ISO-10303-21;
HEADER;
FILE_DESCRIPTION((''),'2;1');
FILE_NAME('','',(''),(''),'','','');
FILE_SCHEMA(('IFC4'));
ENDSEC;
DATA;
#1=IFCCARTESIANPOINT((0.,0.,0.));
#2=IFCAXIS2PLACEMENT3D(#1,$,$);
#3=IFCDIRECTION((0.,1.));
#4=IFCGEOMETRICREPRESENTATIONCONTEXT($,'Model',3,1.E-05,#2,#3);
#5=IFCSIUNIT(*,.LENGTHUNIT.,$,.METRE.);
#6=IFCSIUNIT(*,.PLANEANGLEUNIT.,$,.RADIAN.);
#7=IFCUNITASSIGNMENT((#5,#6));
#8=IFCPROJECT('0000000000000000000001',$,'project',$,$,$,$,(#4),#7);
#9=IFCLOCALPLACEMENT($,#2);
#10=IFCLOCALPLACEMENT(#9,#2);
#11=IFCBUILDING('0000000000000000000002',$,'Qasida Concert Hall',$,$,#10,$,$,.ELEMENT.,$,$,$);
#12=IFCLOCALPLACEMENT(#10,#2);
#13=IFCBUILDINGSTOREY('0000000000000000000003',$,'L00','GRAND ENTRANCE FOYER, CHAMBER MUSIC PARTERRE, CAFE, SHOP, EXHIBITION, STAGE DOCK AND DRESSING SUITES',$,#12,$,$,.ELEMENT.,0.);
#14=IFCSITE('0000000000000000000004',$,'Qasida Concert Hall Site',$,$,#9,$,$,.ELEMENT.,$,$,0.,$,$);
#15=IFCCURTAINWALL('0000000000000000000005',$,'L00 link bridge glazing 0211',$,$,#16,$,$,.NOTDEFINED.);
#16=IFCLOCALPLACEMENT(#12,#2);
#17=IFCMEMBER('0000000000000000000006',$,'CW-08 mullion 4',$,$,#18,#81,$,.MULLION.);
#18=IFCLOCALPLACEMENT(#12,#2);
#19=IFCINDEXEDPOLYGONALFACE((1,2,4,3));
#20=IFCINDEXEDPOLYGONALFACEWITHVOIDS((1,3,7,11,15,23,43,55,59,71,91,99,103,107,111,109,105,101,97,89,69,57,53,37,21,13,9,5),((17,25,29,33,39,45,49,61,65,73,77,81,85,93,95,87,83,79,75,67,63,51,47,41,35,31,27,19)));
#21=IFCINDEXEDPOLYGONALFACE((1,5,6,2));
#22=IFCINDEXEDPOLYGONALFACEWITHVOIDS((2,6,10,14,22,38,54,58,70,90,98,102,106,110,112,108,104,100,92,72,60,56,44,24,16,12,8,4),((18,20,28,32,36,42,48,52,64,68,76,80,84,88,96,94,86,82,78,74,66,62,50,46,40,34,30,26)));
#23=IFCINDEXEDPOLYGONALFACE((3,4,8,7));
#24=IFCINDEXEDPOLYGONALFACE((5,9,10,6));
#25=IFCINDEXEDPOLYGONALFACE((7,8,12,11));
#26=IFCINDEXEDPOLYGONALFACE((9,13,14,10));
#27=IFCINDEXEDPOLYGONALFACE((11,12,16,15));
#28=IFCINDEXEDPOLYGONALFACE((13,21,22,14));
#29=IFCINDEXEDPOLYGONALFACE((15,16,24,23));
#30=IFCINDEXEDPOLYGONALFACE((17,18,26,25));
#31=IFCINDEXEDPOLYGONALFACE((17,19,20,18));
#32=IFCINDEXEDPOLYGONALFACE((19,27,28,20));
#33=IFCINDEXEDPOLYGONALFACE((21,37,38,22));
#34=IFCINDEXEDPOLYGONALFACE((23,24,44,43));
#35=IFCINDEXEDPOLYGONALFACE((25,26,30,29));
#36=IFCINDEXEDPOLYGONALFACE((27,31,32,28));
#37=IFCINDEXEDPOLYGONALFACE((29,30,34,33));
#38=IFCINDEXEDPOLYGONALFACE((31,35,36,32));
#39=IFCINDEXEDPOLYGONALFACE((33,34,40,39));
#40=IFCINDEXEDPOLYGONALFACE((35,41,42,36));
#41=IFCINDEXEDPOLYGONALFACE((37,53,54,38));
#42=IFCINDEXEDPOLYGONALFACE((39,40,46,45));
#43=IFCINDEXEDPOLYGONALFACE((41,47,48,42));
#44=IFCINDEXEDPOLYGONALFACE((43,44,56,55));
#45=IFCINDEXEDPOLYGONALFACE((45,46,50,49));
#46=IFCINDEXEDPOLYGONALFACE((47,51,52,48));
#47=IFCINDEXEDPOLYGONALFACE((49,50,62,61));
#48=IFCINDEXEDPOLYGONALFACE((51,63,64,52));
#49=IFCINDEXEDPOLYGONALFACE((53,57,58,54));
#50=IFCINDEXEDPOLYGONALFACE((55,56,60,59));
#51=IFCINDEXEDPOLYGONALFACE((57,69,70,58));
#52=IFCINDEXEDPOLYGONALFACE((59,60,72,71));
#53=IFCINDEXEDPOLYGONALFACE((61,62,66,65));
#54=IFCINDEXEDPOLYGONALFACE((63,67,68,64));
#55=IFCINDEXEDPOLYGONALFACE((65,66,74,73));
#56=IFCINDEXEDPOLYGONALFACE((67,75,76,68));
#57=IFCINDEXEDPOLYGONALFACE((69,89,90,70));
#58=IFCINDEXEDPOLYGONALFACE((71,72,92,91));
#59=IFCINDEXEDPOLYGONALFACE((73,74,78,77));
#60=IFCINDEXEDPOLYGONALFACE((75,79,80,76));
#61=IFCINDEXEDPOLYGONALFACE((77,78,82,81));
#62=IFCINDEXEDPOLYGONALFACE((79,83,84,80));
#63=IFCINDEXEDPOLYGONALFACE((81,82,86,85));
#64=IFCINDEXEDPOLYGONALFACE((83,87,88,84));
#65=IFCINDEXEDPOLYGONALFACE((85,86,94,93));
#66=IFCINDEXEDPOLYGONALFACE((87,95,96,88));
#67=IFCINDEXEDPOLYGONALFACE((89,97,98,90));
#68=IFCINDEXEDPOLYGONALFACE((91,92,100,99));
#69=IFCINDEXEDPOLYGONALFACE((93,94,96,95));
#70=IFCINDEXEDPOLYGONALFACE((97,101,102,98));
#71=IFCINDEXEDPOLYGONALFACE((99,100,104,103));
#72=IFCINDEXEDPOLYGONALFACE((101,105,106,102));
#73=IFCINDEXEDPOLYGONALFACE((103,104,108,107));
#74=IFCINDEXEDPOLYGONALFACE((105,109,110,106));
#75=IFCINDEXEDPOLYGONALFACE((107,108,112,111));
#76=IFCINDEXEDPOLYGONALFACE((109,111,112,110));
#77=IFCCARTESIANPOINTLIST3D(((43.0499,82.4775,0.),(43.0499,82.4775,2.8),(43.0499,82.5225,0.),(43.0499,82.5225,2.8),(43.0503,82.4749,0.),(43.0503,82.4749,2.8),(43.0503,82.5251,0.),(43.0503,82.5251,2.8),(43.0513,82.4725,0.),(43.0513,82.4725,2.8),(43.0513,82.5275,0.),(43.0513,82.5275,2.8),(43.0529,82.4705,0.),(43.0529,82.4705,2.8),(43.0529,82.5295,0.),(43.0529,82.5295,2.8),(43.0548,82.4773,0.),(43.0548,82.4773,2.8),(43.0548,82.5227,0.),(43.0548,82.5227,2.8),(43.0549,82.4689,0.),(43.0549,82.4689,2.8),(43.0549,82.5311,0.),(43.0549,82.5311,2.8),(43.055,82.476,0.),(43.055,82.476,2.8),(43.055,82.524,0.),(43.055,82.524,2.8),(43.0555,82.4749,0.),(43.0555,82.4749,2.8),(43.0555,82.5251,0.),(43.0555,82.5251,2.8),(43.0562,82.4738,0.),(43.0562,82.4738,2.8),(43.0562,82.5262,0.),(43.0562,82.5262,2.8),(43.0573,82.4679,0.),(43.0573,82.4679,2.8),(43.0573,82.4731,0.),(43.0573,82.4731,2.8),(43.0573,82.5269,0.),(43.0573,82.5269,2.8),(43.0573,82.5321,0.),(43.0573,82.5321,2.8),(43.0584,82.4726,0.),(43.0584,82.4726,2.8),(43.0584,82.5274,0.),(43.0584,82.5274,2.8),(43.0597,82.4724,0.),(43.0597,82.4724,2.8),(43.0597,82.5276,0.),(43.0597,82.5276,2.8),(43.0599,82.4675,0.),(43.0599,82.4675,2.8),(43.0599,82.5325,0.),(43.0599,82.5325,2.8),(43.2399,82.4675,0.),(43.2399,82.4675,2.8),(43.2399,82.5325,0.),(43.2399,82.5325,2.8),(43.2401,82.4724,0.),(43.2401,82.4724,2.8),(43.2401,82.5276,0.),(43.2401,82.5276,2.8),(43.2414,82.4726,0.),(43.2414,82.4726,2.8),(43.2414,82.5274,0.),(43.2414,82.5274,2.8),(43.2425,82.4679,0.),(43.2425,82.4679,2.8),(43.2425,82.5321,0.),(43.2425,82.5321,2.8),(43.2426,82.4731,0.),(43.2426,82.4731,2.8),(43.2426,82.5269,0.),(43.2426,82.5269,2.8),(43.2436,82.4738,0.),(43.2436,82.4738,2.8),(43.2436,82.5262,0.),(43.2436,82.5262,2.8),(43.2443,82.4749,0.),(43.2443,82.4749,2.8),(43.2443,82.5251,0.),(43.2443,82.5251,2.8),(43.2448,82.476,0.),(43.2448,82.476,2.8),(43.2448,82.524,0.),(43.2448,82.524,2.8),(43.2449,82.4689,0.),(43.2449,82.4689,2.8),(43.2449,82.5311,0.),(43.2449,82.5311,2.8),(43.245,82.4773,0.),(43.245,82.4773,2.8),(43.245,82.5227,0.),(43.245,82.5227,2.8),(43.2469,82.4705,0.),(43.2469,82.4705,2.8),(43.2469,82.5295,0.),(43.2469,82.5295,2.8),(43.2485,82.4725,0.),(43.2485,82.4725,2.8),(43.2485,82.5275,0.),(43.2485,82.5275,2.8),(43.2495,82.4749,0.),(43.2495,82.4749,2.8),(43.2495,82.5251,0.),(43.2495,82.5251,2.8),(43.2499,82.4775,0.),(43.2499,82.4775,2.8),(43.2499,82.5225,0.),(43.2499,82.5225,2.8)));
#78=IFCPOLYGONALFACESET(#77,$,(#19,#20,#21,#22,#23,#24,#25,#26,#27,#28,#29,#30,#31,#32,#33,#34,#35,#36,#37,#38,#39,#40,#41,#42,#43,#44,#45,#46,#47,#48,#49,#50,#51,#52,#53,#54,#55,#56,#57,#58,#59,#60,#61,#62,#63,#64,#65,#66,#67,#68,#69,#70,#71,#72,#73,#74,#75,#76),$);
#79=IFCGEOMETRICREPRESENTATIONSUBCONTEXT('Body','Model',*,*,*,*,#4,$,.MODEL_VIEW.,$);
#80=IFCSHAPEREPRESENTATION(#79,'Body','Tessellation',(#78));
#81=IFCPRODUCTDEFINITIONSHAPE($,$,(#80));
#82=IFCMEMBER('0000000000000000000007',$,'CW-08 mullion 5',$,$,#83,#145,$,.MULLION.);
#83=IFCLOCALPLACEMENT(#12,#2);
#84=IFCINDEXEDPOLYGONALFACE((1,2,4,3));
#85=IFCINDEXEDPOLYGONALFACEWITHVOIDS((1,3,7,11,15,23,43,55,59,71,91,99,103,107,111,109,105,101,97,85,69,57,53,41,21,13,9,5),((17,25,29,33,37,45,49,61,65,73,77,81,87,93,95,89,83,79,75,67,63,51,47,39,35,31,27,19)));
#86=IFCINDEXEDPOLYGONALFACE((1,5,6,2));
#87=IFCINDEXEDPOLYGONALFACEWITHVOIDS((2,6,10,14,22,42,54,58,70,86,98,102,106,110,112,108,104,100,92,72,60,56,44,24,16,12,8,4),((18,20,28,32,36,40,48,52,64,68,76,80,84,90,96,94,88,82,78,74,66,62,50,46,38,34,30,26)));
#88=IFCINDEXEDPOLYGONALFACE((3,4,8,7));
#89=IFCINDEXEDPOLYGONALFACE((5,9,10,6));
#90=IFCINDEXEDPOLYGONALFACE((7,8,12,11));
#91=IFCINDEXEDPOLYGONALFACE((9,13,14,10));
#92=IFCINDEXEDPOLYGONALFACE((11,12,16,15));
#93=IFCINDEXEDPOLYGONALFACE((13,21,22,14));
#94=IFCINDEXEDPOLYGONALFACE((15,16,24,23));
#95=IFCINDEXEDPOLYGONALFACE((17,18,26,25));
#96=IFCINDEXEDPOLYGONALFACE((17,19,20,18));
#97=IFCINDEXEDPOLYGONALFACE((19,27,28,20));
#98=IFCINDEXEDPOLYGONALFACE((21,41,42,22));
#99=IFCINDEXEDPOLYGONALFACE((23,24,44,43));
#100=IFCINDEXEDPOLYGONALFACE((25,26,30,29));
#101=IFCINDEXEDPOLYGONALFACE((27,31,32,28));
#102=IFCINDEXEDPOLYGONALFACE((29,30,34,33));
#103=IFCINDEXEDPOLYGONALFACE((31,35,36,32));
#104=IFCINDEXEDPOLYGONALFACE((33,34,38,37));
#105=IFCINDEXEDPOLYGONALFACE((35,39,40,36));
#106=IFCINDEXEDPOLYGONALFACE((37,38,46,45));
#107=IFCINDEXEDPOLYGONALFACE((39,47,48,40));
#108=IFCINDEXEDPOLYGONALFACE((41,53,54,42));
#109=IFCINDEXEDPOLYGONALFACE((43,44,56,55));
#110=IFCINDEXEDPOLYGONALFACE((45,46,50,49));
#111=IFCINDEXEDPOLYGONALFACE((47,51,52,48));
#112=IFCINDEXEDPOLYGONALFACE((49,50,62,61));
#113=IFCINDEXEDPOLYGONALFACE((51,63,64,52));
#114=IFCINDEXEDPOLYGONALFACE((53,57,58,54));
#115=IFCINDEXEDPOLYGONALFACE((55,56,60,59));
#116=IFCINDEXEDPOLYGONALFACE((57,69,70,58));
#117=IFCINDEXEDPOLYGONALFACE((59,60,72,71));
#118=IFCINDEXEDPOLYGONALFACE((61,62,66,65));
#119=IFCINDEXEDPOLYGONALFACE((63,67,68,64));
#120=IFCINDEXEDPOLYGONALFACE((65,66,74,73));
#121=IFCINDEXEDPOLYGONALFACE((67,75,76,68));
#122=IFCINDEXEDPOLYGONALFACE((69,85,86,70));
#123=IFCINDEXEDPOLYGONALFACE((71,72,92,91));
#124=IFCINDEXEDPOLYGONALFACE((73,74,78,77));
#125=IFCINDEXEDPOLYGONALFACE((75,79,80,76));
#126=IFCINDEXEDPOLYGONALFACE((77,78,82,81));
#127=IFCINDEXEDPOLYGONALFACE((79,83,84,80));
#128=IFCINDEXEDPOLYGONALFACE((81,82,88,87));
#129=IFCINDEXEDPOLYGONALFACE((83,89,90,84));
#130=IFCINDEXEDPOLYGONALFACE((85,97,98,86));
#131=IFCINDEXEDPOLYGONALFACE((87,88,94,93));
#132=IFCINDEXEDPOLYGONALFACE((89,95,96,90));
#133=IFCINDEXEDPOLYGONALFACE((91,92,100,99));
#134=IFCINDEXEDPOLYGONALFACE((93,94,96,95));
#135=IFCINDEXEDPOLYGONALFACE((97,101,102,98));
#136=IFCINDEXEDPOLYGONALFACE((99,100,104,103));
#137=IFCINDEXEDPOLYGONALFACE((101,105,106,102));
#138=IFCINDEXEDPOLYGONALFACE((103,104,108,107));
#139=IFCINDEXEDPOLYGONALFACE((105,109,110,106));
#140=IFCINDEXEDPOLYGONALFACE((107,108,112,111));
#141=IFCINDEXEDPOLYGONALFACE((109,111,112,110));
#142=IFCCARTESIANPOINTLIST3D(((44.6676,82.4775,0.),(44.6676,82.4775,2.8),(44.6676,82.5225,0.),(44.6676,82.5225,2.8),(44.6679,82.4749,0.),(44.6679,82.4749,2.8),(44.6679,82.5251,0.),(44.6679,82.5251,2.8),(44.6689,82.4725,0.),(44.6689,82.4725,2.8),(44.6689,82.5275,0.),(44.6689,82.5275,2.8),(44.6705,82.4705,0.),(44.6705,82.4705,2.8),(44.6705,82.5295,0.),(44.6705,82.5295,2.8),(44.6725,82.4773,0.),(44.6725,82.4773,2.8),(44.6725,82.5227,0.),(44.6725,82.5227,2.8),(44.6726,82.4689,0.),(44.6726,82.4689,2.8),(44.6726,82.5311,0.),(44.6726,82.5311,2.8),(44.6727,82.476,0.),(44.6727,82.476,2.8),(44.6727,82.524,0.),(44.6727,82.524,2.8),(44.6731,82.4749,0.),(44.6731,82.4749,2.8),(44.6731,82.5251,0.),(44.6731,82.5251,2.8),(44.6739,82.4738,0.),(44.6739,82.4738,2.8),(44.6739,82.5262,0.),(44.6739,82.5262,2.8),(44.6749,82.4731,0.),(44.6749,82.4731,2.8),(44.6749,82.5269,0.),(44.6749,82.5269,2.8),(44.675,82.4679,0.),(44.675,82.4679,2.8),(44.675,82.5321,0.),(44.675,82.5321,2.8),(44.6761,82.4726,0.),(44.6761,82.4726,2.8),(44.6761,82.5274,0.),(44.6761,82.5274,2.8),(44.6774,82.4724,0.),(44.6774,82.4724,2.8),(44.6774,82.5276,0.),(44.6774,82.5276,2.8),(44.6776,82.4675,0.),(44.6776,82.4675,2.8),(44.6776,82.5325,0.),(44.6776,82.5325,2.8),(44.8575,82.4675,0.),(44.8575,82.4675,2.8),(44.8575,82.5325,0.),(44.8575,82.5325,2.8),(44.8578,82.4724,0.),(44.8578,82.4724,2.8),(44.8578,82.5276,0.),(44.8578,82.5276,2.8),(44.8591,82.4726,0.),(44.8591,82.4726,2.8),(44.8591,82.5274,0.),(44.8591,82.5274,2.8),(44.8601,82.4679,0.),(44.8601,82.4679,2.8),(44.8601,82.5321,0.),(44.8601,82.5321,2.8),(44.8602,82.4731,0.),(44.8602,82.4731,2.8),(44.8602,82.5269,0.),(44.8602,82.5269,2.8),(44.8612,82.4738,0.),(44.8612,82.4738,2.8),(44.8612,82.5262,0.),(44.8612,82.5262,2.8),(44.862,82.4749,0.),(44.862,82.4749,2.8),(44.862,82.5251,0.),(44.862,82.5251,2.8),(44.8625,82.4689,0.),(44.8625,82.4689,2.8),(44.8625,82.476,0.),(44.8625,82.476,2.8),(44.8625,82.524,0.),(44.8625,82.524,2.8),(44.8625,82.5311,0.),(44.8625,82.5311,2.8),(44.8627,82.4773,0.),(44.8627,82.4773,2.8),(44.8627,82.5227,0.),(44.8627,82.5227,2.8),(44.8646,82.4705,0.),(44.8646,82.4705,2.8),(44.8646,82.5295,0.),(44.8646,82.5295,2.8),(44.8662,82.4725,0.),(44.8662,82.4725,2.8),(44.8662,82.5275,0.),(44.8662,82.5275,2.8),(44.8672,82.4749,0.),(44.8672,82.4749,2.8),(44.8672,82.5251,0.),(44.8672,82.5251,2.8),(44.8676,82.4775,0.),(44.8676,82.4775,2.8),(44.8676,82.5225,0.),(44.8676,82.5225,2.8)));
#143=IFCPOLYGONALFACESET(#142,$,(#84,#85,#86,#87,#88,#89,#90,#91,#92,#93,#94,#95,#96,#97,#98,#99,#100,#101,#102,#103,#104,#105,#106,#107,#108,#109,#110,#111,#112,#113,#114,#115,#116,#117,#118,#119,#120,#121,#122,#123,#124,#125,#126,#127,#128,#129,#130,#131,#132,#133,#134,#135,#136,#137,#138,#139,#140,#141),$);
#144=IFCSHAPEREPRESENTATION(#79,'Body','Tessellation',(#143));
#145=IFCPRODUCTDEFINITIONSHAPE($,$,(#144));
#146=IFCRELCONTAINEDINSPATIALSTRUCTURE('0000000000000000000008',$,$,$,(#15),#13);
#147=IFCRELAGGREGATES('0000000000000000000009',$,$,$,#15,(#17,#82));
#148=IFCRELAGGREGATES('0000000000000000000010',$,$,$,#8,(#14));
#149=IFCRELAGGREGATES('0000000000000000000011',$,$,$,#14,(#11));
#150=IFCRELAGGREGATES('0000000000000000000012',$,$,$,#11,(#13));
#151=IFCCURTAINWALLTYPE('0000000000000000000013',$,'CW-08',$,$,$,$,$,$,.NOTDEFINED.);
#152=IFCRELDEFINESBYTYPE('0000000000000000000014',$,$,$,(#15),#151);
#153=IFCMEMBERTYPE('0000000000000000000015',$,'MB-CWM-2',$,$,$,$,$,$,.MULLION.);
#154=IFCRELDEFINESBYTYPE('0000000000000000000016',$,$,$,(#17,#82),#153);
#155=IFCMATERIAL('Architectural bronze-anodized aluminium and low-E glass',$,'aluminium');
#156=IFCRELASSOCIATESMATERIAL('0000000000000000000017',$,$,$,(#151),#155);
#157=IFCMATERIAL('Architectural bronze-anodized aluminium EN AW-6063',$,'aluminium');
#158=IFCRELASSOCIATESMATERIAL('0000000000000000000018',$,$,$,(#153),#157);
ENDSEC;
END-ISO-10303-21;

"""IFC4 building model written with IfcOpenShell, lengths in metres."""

from ifc_helpers import new_model, si_unit, direction, frame, origin, origin_2d, place, context, subcontext, project, spatial, hollow_rectangle, extrude, material, material_profile, profile_set, type_object, element, aggregate, save


model = new_model("IFC4")

# Units and contexts
model_context = context("Model", 3, precision=1e-05, world=origin(), true_north=direction((0.0, 1.0)))
body_context = subcontext(model_context, "Body", "Model", "MODEL_VIEW")
ifc_project = project(units=[si_unit("LENGTHUNIT", "METRE"), si_unit("PLANEANGLEUNIT", "RADIAN")], contexts=[model_context])

# Site, building, storey
site_placement = place(None, origin())
site = spatial("IfcSite", under=ifc_project, at=site_placement, Name="Qasida Concert Hall Site", CompositionType="ELEMENT", RefElevation=0.0)
building_placement = place(site_placement, origin())
building = spatial("IfcBuilding", under=site, at=building_placement, Name="Qasida Concert Hall", CompositionType="ELEMENT")
storey_placement = place(building_placement, origin())
storey = spatial("IfcBuildingStorey", under=building, at=storey_placement, Name="L00", Description="GRAND ENTRANCE FOYER, CHAMBER MUSIC PARTERRE, CAFE, SHOP, EXHIBITION, STAGE DOCK AND DRESSING SUITES", CompositionType="ELEMENT", Elevation=0.0)

# Curtain wall, members
ifc_material_1 = material(Name="Architectural bronze-anodized aluminium and low-E glass", Category="aluminium")
curtain_wall_type = type_object("IfcCurtainWallType", Name="CW-08", PredefinedType="NOTDEFINED", material=ifc_material_1)
curtain_wall_1_placement = place(storey_placement, origin())
curtain_wall_1 = element("IfcCurtainWall", 1, at=curtain_wall_1_placement, inside=storey, type_object=curtain_wall_type, Name="L00 link bridge glazing 0211", PredefinedType="NOTDEFINED")
ifc_material_2 = material(Name="Architectural bronze-anodized aluminium EN AW-6063", Category="aluminium")
ifc_material_profile_1 = material_profile(ifc_material_2, hollow_rectangle(XDim=0.0649, YDim=0.2, WallThickness=0.0049, InnerFilletRadius=0.0049, OuterFilletRadius=0.01, at=origin_2d()), Name="CWM 200x65x5")
ifc_profile_set_1 = profile_set([ifc_material_profile_1], Name="Architectural bronze-anodized aluminium EN AW-6063")
member_type_1 = type_object("IfcMemberType", Name="MB-CWM-2", PredefinedType="MULLION", material=ifc_profile_set_1)
member_1_placement = place(storey_placement, frame((43.1499, 82.5, 0.0), z_axis=(0.0, 0.0, 1.0), x_axis=(0.0, 1.0, 0.0)))
member_1 = element("IfcMember", 2, at=member_1_placement, type_object=member_type_1, Name="CW-08 mullion 4", PredefinedType="MULLION", context=body_context, shape_type="SweptSolid", body=[
    extrude(hollow_rectangle(XDim=0.0649, YDim=0.2, WallThickness=0.0049, InnerFilletRadius=0.0049, OuterFilletRadius=0.01, at=origin_2d()), origin(), (0.0, 0.0, 1.0), 2.8),
])
member_2_placement = place(storey_placement, frame((44.7676, 82.5, 0.0), z_axis=(0.0, 0.0, 1.0), x_axis=(0.0, 1.0, 0.0)))
member_2 = element("IfcMember", 3, at=member_2_placement, type_object=member_type_1, Name="CW-08 mullion 5", PredefinedType="MULLION", context=body_context, shape_type="SweptSolid", body=[
    extrude(hollow_rectangle(XDim=0.0649, YDim=0.2, WallThickness=0.0049, InnerFilletRadius=0.0049, OuterFilletRadius=0.01, at=origin_2d()), origin(), (0.0, 0.0, 1.0), 2.8),
])

aggregate(curtain_wall_1, [member_1, member_2])

save(model, "model.ifc")
